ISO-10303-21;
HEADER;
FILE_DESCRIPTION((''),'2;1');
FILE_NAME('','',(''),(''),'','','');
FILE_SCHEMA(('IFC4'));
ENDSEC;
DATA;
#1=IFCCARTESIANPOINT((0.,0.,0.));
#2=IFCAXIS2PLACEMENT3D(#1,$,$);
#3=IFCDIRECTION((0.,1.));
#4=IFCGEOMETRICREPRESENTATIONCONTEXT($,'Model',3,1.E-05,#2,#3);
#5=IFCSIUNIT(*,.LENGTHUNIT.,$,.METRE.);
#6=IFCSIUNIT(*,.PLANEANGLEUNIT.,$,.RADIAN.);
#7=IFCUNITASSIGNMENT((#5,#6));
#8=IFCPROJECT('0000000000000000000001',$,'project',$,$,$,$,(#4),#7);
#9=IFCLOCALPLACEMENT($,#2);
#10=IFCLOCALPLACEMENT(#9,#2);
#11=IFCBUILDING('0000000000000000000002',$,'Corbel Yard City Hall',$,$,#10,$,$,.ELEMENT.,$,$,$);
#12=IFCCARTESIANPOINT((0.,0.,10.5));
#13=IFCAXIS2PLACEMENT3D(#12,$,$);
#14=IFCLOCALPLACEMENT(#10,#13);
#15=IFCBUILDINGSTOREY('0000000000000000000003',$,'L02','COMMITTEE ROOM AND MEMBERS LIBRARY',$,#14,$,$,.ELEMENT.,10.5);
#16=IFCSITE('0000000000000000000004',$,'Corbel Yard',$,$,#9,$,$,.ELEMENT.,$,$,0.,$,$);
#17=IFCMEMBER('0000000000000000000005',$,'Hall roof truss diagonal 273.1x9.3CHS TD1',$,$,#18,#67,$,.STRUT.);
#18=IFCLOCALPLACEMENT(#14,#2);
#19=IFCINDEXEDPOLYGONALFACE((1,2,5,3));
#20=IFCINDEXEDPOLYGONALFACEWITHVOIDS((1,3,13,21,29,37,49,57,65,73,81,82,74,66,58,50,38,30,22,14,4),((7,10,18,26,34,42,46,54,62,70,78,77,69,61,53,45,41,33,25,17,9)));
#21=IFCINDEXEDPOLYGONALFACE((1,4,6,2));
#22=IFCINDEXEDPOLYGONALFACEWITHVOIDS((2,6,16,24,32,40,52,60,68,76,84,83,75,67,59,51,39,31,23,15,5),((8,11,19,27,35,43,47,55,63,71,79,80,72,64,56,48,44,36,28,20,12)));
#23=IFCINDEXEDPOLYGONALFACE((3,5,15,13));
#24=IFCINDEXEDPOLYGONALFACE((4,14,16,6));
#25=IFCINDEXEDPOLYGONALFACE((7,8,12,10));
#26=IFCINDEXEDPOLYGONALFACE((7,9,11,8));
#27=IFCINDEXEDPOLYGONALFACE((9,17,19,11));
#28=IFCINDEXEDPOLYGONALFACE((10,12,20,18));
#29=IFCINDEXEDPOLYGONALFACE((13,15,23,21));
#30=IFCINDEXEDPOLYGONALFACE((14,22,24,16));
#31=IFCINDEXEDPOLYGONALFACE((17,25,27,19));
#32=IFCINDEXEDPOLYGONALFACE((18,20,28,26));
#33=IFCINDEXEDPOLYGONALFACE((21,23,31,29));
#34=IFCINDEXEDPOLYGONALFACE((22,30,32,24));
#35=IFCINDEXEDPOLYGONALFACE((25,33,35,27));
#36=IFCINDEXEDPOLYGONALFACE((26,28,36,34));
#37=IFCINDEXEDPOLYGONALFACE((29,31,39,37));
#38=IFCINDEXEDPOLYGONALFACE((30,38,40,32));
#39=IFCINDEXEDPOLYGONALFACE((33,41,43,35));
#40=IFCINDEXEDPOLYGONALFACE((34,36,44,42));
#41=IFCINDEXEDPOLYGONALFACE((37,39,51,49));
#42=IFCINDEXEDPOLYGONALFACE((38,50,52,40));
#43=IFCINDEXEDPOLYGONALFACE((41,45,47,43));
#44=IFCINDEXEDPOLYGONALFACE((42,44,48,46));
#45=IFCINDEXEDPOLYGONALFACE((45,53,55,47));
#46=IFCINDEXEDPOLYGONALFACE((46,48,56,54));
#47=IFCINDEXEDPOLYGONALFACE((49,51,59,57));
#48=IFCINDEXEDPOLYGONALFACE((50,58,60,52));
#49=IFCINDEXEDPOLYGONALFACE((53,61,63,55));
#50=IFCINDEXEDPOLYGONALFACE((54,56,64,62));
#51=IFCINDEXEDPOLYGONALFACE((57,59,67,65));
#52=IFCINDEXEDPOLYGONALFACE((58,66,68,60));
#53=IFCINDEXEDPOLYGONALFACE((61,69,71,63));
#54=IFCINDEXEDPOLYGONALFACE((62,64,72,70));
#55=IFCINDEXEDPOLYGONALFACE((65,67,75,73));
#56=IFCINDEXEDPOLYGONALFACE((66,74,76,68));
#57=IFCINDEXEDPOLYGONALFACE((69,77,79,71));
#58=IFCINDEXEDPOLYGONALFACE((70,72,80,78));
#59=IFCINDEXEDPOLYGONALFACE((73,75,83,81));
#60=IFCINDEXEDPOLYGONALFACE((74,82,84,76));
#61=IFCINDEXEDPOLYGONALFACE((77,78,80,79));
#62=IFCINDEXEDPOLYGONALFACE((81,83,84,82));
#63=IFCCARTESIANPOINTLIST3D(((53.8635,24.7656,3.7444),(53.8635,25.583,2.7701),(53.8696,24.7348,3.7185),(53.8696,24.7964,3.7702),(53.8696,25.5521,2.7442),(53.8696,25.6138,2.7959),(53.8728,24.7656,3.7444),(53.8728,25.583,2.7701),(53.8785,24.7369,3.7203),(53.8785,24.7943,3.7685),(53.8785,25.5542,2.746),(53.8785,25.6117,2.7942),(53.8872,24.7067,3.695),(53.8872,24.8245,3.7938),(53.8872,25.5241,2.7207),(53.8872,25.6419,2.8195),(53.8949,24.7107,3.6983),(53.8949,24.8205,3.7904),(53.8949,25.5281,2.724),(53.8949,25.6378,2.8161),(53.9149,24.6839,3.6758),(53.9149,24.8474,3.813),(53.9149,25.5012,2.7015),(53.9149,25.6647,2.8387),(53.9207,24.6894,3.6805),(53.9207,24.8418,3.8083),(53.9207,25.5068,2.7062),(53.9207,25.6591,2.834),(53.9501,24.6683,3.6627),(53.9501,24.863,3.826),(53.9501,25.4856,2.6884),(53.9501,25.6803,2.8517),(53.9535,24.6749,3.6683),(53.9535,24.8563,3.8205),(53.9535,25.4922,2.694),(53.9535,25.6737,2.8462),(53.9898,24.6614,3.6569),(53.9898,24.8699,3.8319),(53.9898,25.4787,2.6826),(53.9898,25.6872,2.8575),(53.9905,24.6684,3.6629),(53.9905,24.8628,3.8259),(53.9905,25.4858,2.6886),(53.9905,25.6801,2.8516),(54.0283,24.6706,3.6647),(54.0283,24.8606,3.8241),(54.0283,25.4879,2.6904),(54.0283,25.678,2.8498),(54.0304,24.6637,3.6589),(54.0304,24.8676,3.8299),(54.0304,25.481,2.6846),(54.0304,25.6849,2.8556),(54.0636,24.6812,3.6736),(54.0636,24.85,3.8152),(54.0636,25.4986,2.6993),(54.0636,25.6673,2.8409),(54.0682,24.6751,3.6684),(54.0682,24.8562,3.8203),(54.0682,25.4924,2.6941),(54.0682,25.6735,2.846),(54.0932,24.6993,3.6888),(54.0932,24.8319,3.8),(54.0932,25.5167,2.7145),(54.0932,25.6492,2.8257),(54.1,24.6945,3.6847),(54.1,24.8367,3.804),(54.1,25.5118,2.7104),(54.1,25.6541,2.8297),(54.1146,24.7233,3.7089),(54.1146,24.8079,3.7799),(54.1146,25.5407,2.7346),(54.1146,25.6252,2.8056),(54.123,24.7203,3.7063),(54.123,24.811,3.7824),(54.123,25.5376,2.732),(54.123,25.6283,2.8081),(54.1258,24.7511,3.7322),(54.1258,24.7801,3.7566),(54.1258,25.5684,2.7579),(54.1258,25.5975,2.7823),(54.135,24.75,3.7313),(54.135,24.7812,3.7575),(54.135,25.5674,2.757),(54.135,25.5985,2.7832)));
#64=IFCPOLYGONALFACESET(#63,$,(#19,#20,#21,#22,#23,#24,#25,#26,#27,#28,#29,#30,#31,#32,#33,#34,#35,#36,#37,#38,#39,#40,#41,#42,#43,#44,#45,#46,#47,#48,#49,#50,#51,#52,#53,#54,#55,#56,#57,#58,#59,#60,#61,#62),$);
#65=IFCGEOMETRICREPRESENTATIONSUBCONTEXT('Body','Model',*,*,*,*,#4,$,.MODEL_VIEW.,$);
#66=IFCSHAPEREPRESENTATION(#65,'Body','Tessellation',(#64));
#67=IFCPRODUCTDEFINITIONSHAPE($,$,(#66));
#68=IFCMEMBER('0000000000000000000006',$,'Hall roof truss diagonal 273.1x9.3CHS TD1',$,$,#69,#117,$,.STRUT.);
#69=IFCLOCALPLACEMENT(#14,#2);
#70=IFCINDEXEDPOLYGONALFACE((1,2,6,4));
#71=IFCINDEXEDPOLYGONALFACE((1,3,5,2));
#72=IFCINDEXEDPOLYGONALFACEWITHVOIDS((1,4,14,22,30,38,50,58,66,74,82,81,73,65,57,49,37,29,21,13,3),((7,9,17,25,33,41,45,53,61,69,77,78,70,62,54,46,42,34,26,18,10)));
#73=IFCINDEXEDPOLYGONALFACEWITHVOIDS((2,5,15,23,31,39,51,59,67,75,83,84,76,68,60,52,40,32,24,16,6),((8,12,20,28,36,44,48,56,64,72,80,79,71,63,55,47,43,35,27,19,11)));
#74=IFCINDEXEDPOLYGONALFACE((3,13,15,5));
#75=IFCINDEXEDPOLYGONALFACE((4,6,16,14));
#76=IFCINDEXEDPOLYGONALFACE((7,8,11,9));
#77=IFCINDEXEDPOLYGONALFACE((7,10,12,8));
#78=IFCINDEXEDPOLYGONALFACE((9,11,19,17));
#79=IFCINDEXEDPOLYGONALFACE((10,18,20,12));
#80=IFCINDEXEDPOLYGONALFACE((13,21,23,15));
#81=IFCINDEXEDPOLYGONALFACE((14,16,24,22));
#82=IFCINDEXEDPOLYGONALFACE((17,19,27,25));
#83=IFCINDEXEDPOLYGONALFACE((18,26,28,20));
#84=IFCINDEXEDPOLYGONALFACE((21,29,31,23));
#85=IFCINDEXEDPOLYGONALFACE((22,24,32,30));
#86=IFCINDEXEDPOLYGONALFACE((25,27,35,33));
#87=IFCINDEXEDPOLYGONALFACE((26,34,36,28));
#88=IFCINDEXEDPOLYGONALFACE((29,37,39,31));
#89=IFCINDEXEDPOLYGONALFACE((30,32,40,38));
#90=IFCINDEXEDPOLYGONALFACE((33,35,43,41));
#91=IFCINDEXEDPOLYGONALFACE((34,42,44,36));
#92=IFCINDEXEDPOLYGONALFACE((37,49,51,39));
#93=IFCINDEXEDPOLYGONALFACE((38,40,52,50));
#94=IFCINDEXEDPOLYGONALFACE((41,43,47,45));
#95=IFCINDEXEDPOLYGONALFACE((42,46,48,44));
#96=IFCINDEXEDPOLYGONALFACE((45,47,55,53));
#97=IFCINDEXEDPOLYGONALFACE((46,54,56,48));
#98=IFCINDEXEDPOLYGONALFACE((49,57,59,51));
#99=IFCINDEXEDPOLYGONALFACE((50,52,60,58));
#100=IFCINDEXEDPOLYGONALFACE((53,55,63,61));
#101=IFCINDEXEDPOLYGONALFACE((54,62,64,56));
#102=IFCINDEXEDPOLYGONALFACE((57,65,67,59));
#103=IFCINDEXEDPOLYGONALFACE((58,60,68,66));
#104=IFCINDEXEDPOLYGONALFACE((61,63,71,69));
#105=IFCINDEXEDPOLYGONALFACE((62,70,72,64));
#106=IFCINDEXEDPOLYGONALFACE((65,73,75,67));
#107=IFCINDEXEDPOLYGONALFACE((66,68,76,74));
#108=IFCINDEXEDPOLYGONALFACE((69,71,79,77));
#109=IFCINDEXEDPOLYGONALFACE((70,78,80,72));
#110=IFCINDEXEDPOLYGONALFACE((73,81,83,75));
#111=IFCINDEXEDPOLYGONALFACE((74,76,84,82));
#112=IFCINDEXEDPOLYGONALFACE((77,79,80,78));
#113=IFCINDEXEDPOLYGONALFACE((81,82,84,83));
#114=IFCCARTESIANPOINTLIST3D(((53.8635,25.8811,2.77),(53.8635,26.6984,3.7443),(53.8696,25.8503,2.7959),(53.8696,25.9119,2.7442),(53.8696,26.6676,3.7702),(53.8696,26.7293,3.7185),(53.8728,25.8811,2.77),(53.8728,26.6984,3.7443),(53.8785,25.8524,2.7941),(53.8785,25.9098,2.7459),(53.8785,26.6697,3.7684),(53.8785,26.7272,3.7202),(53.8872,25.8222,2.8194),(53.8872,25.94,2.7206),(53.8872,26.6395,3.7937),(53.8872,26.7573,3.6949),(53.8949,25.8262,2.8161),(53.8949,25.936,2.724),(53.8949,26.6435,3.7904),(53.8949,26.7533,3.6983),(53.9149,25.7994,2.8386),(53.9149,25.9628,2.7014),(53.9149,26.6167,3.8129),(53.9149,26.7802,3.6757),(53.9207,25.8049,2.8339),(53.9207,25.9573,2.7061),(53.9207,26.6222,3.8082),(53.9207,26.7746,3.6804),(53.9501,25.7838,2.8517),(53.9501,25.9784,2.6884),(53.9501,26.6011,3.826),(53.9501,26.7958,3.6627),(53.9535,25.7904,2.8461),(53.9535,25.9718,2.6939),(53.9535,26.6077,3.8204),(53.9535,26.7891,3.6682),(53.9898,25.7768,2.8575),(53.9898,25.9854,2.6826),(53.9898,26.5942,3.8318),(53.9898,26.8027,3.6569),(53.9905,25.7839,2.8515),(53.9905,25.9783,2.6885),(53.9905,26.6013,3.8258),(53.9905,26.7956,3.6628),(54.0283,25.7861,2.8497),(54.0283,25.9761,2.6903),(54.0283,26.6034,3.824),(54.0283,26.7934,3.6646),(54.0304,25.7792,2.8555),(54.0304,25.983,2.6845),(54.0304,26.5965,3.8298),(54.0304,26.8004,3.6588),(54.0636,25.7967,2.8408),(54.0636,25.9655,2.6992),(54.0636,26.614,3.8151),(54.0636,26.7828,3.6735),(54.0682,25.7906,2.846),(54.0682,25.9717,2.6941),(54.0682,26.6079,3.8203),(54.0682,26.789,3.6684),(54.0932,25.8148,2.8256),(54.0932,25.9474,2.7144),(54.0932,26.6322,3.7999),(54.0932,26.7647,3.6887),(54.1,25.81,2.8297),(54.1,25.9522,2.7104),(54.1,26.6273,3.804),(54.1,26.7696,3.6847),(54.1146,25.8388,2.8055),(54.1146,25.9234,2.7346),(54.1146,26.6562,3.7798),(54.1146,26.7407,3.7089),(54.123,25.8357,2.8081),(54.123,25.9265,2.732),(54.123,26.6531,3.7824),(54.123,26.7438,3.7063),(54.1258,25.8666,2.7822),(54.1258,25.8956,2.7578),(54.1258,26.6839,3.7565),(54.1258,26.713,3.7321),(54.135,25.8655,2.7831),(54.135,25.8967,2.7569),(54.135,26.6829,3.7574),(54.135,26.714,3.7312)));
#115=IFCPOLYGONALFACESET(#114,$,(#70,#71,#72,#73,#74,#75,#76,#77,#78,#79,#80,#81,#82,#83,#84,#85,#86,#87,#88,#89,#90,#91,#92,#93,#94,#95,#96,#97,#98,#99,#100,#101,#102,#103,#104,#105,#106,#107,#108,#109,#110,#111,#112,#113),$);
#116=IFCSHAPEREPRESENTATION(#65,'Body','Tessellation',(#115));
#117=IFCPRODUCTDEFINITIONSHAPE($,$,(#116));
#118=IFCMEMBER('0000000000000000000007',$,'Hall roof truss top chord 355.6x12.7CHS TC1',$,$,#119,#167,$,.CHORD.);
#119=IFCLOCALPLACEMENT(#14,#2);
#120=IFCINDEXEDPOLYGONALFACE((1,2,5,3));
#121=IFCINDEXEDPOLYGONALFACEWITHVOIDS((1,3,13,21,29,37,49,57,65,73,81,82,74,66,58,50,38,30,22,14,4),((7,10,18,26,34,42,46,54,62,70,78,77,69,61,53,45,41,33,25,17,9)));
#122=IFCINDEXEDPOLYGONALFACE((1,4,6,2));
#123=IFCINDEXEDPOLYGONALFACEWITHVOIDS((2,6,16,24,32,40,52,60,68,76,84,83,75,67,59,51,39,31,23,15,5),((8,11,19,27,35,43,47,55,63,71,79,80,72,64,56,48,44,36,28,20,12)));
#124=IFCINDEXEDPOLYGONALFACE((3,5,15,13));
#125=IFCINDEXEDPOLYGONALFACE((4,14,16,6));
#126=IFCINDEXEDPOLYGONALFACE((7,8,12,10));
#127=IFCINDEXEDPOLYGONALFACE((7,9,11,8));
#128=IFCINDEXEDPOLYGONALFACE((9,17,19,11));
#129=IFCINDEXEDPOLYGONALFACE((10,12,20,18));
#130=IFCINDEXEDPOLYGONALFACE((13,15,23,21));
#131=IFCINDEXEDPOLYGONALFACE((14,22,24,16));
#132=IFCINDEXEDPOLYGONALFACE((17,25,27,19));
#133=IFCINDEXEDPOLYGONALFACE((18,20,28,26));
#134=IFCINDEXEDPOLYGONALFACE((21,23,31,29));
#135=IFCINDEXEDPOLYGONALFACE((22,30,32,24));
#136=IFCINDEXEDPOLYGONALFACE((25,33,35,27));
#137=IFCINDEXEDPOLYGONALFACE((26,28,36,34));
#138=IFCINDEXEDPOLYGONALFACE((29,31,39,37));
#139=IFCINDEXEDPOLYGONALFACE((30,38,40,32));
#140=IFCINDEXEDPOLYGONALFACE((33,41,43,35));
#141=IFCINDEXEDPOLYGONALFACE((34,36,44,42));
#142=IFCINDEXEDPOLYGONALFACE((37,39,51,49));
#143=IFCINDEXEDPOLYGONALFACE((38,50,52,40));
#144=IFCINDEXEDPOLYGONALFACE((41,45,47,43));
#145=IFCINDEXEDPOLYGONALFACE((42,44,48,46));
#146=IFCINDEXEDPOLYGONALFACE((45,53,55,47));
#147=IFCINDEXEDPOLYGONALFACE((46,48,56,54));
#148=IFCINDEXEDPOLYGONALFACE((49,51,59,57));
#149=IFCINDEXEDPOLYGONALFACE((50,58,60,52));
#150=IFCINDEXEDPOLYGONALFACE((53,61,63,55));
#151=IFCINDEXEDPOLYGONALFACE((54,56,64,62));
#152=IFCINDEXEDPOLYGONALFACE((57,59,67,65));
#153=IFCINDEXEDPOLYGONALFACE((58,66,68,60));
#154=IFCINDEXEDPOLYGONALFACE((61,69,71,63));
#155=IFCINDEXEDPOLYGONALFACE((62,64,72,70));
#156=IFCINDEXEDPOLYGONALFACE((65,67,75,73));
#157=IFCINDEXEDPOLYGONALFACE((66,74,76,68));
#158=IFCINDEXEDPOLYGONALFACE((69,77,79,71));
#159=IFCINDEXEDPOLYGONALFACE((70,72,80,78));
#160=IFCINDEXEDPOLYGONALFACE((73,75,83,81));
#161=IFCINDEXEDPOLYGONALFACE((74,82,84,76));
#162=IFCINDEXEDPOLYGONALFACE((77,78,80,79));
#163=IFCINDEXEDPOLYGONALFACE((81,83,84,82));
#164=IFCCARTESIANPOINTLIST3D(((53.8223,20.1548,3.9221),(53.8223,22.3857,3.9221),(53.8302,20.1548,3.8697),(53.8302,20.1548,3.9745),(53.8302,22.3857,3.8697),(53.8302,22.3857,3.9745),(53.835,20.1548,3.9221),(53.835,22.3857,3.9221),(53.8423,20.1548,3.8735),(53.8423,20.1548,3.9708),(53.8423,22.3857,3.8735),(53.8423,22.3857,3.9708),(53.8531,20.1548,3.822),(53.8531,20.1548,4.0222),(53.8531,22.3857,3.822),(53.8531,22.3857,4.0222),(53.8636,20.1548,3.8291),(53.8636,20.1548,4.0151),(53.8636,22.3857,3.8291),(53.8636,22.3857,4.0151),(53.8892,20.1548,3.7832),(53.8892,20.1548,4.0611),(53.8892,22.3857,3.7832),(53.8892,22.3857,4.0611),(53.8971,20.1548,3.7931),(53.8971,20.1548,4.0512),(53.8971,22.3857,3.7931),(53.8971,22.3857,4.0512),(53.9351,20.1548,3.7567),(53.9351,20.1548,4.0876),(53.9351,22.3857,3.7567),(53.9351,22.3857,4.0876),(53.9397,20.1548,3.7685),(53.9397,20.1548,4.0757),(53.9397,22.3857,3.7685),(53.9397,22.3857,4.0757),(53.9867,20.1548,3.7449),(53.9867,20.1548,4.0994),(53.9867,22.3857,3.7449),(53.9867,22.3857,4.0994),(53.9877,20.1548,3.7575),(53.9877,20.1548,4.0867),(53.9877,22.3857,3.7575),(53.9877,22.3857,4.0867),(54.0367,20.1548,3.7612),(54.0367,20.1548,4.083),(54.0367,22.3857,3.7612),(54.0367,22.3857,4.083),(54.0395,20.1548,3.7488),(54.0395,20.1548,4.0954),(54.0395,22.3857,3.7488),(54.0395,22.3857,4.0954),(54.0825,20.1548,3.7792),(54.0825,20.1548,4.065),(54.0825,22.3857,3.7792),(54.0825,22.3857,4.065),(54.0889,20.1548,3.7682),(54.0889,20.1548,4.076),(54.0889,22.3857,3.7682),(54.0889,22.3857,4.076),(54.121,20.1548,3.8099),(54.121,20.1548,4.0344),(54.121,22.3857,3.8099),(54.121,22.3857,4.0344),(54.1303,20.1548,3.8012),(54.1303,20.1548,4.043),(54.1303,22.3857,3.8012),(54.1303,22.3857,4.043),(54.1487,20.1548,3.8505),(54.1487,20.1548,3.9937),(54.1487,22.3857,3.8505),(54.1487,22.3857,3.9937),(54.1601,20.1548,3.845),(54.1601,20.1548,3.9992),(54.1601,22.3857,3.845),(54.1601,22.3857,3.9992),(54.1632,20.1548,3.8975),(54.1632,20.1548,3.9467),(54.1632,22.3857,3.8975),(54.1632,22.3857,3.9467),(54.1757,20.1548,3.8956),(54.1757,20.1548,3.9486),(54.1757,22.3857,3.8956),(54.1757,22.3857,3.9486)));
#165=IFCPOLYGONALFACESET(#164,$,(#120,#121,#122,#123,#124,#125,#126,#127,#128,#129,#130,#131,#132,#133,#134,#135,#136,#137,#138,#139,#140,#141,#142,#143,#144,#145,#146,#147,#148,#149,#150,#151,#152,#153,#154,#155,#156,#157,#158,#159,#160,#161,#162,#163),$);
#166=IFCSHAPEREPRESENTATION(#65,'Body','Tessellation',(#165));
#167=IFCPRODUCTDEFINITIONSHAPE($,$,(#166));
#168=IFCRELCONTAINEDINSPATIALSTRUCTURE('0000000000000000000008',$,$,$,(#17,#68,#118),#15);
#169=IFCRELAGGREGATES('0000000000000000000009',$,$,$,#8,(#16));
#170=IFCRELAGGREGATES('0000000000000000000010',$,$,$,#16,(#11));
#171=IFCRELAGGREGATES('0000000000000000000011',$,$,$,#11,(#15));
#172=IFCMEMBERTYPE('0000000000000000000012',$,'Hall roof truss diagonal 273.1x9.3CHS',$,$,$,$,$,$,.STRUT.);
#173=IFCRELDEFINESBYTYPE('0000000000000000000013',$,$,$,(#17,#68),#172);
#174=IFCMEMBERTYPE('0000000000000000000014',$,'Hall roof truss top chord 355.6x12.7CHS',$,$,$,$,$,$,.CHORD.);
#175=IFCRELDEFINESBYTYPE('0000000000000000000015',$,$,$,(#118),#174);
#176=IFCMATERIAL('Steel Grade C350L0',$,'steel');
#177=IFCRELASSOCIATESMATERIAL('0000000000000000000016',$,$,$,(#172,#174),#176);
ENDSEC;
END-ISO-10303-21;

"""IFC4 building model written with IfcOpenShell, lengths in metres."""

from ifc_helpers import new_model, si_unit, direction, frame, origin, origin_2d, place, context, subcontext, project, spatial, hollow_circle, extrude, material, material_profile, profile_set, type_object, element, save


model = new_model("IFC4")

# Units and contexts
model_context = context("Model", 3, precision=1e-05, world=origin(), true_north=direction((0.0, 1.0)))
body_context = subcontext(model_context, "Body", "Model", "MODEL_VIEW")
ifc_project = project(units=[si_unit("LENGTHUNIT", "METRE"), si_unit("PLANEANGLEUNIT", "RADIAN")], contexts=[model_context])

# Site, building, storey
site_placement = place(None, origin())
site = spatial("IfcSite", under=ifc_project, at=site_placement, Name="Corbel Yard", CompositionType="ELEMENT", RefElevation=0.0)
building_placement = place(site_placement, origin())
building = spatial("IfcBuilding", under=site, at=building_placement, Name="Corbel Yard City Hall", CompositionType="ELEMENT")
storey_placement = place(building_placement, frame((0.0, 0.0, 10.5)))
storey = spatial("IfcBuildingStorey", under=building, at=storey_placement, Name="L02", Description="COMMITTEE ROOM AND MEMBERS LIBRARY", CompositionType="ELEMENT", Elevation=10.5)

# Members
ifc_material_1 = material(Name="Steel Grade C350L0", Category="steel")
ifc_material_profile_1 = material_profile(ifc_material_1, hollow_circle(Radius=0.1365, WallThickness=0.0093, at=origin_2d()), Name="273.1x9.3CHS")
ifc_profile_set_1 = profile_set([ifc_material_profile_1], Name="Steel Grade C350L0")
member_type_1 = type_object("IfcMemberType", Name="Hall roof truss diagonal 273.1x9.3CHS", PredefinedType="STRUT", material=ifc_profile_set_1)
for number, where, z_axis, x_axis, name in (
    (1, (54.0, 24.7656, 3.7444), (0.0, 0.642692, -0.766124), (-1.0, 0.0, 0.0), "Hall roof truss diagonal 273.1x9.3CHS TD1"),
    (2, (54.0, 25.8811, 2.77), (0.0, 0.642692, 0.766124), (-1.0, 0.0, 0.0), "Hall roof truss diagonal 273.1x9.3CHS TD1"),
):
    element("IfcMember", number, at=place(storey_placement, frame(where, z_axis=z_axis, x_axis=x_axis)), inside=storey, type_object=member_type_1, Name=name, PredefinedType="STRUT", context=body_context, shape_type="SweptSolid", body=[
        extrude(hollow_circle(Radius=0.1365, WallThickness=0.0093, at=origin_2d()), origin(), (0.0, 0.0, 1.0), 1.2717),
    ])
ifc_material_profile_2 = material_profile(ifc_material_1, hollow_circle(Radius=0.1777, WallThickness=0.0127, at=origin_2d()), Name="355.6x12.7CHS")
ifc_profile_set_2 = profile_set([ifc_material_profile_2], Name="Steel Grade C350L0")
member_type_2 = type_object("IfcMemberType", Name="Hall roof truss top chord 355.6x12.7CHS", PredefinedType="CHORD", material=ifc_profile_set_2)
member_1_placement = place(storey_placement, frame((54.0, 20.1548, 3.9221), z_axis=(0.0, 1.0, 0.0), x_axis=(-1.0, 0.0, 0.0)))
element("IfcMember", 3, at=member_1_placement, inside=storey, type_object=member_type_2, Name="Hall roof truss top chord 355.6x12.7CHS TC1", PredefinedType="CHORD", context=body_context, shape_type="SweptSolid", body=[
    extrude(hollow_circle(Radius=0.1777, WallThickness=0.0127, at=origin_2d()), origin(), (0.0, 0.0, 1.0), 2.231),
])

save(model, "model.ifc")
